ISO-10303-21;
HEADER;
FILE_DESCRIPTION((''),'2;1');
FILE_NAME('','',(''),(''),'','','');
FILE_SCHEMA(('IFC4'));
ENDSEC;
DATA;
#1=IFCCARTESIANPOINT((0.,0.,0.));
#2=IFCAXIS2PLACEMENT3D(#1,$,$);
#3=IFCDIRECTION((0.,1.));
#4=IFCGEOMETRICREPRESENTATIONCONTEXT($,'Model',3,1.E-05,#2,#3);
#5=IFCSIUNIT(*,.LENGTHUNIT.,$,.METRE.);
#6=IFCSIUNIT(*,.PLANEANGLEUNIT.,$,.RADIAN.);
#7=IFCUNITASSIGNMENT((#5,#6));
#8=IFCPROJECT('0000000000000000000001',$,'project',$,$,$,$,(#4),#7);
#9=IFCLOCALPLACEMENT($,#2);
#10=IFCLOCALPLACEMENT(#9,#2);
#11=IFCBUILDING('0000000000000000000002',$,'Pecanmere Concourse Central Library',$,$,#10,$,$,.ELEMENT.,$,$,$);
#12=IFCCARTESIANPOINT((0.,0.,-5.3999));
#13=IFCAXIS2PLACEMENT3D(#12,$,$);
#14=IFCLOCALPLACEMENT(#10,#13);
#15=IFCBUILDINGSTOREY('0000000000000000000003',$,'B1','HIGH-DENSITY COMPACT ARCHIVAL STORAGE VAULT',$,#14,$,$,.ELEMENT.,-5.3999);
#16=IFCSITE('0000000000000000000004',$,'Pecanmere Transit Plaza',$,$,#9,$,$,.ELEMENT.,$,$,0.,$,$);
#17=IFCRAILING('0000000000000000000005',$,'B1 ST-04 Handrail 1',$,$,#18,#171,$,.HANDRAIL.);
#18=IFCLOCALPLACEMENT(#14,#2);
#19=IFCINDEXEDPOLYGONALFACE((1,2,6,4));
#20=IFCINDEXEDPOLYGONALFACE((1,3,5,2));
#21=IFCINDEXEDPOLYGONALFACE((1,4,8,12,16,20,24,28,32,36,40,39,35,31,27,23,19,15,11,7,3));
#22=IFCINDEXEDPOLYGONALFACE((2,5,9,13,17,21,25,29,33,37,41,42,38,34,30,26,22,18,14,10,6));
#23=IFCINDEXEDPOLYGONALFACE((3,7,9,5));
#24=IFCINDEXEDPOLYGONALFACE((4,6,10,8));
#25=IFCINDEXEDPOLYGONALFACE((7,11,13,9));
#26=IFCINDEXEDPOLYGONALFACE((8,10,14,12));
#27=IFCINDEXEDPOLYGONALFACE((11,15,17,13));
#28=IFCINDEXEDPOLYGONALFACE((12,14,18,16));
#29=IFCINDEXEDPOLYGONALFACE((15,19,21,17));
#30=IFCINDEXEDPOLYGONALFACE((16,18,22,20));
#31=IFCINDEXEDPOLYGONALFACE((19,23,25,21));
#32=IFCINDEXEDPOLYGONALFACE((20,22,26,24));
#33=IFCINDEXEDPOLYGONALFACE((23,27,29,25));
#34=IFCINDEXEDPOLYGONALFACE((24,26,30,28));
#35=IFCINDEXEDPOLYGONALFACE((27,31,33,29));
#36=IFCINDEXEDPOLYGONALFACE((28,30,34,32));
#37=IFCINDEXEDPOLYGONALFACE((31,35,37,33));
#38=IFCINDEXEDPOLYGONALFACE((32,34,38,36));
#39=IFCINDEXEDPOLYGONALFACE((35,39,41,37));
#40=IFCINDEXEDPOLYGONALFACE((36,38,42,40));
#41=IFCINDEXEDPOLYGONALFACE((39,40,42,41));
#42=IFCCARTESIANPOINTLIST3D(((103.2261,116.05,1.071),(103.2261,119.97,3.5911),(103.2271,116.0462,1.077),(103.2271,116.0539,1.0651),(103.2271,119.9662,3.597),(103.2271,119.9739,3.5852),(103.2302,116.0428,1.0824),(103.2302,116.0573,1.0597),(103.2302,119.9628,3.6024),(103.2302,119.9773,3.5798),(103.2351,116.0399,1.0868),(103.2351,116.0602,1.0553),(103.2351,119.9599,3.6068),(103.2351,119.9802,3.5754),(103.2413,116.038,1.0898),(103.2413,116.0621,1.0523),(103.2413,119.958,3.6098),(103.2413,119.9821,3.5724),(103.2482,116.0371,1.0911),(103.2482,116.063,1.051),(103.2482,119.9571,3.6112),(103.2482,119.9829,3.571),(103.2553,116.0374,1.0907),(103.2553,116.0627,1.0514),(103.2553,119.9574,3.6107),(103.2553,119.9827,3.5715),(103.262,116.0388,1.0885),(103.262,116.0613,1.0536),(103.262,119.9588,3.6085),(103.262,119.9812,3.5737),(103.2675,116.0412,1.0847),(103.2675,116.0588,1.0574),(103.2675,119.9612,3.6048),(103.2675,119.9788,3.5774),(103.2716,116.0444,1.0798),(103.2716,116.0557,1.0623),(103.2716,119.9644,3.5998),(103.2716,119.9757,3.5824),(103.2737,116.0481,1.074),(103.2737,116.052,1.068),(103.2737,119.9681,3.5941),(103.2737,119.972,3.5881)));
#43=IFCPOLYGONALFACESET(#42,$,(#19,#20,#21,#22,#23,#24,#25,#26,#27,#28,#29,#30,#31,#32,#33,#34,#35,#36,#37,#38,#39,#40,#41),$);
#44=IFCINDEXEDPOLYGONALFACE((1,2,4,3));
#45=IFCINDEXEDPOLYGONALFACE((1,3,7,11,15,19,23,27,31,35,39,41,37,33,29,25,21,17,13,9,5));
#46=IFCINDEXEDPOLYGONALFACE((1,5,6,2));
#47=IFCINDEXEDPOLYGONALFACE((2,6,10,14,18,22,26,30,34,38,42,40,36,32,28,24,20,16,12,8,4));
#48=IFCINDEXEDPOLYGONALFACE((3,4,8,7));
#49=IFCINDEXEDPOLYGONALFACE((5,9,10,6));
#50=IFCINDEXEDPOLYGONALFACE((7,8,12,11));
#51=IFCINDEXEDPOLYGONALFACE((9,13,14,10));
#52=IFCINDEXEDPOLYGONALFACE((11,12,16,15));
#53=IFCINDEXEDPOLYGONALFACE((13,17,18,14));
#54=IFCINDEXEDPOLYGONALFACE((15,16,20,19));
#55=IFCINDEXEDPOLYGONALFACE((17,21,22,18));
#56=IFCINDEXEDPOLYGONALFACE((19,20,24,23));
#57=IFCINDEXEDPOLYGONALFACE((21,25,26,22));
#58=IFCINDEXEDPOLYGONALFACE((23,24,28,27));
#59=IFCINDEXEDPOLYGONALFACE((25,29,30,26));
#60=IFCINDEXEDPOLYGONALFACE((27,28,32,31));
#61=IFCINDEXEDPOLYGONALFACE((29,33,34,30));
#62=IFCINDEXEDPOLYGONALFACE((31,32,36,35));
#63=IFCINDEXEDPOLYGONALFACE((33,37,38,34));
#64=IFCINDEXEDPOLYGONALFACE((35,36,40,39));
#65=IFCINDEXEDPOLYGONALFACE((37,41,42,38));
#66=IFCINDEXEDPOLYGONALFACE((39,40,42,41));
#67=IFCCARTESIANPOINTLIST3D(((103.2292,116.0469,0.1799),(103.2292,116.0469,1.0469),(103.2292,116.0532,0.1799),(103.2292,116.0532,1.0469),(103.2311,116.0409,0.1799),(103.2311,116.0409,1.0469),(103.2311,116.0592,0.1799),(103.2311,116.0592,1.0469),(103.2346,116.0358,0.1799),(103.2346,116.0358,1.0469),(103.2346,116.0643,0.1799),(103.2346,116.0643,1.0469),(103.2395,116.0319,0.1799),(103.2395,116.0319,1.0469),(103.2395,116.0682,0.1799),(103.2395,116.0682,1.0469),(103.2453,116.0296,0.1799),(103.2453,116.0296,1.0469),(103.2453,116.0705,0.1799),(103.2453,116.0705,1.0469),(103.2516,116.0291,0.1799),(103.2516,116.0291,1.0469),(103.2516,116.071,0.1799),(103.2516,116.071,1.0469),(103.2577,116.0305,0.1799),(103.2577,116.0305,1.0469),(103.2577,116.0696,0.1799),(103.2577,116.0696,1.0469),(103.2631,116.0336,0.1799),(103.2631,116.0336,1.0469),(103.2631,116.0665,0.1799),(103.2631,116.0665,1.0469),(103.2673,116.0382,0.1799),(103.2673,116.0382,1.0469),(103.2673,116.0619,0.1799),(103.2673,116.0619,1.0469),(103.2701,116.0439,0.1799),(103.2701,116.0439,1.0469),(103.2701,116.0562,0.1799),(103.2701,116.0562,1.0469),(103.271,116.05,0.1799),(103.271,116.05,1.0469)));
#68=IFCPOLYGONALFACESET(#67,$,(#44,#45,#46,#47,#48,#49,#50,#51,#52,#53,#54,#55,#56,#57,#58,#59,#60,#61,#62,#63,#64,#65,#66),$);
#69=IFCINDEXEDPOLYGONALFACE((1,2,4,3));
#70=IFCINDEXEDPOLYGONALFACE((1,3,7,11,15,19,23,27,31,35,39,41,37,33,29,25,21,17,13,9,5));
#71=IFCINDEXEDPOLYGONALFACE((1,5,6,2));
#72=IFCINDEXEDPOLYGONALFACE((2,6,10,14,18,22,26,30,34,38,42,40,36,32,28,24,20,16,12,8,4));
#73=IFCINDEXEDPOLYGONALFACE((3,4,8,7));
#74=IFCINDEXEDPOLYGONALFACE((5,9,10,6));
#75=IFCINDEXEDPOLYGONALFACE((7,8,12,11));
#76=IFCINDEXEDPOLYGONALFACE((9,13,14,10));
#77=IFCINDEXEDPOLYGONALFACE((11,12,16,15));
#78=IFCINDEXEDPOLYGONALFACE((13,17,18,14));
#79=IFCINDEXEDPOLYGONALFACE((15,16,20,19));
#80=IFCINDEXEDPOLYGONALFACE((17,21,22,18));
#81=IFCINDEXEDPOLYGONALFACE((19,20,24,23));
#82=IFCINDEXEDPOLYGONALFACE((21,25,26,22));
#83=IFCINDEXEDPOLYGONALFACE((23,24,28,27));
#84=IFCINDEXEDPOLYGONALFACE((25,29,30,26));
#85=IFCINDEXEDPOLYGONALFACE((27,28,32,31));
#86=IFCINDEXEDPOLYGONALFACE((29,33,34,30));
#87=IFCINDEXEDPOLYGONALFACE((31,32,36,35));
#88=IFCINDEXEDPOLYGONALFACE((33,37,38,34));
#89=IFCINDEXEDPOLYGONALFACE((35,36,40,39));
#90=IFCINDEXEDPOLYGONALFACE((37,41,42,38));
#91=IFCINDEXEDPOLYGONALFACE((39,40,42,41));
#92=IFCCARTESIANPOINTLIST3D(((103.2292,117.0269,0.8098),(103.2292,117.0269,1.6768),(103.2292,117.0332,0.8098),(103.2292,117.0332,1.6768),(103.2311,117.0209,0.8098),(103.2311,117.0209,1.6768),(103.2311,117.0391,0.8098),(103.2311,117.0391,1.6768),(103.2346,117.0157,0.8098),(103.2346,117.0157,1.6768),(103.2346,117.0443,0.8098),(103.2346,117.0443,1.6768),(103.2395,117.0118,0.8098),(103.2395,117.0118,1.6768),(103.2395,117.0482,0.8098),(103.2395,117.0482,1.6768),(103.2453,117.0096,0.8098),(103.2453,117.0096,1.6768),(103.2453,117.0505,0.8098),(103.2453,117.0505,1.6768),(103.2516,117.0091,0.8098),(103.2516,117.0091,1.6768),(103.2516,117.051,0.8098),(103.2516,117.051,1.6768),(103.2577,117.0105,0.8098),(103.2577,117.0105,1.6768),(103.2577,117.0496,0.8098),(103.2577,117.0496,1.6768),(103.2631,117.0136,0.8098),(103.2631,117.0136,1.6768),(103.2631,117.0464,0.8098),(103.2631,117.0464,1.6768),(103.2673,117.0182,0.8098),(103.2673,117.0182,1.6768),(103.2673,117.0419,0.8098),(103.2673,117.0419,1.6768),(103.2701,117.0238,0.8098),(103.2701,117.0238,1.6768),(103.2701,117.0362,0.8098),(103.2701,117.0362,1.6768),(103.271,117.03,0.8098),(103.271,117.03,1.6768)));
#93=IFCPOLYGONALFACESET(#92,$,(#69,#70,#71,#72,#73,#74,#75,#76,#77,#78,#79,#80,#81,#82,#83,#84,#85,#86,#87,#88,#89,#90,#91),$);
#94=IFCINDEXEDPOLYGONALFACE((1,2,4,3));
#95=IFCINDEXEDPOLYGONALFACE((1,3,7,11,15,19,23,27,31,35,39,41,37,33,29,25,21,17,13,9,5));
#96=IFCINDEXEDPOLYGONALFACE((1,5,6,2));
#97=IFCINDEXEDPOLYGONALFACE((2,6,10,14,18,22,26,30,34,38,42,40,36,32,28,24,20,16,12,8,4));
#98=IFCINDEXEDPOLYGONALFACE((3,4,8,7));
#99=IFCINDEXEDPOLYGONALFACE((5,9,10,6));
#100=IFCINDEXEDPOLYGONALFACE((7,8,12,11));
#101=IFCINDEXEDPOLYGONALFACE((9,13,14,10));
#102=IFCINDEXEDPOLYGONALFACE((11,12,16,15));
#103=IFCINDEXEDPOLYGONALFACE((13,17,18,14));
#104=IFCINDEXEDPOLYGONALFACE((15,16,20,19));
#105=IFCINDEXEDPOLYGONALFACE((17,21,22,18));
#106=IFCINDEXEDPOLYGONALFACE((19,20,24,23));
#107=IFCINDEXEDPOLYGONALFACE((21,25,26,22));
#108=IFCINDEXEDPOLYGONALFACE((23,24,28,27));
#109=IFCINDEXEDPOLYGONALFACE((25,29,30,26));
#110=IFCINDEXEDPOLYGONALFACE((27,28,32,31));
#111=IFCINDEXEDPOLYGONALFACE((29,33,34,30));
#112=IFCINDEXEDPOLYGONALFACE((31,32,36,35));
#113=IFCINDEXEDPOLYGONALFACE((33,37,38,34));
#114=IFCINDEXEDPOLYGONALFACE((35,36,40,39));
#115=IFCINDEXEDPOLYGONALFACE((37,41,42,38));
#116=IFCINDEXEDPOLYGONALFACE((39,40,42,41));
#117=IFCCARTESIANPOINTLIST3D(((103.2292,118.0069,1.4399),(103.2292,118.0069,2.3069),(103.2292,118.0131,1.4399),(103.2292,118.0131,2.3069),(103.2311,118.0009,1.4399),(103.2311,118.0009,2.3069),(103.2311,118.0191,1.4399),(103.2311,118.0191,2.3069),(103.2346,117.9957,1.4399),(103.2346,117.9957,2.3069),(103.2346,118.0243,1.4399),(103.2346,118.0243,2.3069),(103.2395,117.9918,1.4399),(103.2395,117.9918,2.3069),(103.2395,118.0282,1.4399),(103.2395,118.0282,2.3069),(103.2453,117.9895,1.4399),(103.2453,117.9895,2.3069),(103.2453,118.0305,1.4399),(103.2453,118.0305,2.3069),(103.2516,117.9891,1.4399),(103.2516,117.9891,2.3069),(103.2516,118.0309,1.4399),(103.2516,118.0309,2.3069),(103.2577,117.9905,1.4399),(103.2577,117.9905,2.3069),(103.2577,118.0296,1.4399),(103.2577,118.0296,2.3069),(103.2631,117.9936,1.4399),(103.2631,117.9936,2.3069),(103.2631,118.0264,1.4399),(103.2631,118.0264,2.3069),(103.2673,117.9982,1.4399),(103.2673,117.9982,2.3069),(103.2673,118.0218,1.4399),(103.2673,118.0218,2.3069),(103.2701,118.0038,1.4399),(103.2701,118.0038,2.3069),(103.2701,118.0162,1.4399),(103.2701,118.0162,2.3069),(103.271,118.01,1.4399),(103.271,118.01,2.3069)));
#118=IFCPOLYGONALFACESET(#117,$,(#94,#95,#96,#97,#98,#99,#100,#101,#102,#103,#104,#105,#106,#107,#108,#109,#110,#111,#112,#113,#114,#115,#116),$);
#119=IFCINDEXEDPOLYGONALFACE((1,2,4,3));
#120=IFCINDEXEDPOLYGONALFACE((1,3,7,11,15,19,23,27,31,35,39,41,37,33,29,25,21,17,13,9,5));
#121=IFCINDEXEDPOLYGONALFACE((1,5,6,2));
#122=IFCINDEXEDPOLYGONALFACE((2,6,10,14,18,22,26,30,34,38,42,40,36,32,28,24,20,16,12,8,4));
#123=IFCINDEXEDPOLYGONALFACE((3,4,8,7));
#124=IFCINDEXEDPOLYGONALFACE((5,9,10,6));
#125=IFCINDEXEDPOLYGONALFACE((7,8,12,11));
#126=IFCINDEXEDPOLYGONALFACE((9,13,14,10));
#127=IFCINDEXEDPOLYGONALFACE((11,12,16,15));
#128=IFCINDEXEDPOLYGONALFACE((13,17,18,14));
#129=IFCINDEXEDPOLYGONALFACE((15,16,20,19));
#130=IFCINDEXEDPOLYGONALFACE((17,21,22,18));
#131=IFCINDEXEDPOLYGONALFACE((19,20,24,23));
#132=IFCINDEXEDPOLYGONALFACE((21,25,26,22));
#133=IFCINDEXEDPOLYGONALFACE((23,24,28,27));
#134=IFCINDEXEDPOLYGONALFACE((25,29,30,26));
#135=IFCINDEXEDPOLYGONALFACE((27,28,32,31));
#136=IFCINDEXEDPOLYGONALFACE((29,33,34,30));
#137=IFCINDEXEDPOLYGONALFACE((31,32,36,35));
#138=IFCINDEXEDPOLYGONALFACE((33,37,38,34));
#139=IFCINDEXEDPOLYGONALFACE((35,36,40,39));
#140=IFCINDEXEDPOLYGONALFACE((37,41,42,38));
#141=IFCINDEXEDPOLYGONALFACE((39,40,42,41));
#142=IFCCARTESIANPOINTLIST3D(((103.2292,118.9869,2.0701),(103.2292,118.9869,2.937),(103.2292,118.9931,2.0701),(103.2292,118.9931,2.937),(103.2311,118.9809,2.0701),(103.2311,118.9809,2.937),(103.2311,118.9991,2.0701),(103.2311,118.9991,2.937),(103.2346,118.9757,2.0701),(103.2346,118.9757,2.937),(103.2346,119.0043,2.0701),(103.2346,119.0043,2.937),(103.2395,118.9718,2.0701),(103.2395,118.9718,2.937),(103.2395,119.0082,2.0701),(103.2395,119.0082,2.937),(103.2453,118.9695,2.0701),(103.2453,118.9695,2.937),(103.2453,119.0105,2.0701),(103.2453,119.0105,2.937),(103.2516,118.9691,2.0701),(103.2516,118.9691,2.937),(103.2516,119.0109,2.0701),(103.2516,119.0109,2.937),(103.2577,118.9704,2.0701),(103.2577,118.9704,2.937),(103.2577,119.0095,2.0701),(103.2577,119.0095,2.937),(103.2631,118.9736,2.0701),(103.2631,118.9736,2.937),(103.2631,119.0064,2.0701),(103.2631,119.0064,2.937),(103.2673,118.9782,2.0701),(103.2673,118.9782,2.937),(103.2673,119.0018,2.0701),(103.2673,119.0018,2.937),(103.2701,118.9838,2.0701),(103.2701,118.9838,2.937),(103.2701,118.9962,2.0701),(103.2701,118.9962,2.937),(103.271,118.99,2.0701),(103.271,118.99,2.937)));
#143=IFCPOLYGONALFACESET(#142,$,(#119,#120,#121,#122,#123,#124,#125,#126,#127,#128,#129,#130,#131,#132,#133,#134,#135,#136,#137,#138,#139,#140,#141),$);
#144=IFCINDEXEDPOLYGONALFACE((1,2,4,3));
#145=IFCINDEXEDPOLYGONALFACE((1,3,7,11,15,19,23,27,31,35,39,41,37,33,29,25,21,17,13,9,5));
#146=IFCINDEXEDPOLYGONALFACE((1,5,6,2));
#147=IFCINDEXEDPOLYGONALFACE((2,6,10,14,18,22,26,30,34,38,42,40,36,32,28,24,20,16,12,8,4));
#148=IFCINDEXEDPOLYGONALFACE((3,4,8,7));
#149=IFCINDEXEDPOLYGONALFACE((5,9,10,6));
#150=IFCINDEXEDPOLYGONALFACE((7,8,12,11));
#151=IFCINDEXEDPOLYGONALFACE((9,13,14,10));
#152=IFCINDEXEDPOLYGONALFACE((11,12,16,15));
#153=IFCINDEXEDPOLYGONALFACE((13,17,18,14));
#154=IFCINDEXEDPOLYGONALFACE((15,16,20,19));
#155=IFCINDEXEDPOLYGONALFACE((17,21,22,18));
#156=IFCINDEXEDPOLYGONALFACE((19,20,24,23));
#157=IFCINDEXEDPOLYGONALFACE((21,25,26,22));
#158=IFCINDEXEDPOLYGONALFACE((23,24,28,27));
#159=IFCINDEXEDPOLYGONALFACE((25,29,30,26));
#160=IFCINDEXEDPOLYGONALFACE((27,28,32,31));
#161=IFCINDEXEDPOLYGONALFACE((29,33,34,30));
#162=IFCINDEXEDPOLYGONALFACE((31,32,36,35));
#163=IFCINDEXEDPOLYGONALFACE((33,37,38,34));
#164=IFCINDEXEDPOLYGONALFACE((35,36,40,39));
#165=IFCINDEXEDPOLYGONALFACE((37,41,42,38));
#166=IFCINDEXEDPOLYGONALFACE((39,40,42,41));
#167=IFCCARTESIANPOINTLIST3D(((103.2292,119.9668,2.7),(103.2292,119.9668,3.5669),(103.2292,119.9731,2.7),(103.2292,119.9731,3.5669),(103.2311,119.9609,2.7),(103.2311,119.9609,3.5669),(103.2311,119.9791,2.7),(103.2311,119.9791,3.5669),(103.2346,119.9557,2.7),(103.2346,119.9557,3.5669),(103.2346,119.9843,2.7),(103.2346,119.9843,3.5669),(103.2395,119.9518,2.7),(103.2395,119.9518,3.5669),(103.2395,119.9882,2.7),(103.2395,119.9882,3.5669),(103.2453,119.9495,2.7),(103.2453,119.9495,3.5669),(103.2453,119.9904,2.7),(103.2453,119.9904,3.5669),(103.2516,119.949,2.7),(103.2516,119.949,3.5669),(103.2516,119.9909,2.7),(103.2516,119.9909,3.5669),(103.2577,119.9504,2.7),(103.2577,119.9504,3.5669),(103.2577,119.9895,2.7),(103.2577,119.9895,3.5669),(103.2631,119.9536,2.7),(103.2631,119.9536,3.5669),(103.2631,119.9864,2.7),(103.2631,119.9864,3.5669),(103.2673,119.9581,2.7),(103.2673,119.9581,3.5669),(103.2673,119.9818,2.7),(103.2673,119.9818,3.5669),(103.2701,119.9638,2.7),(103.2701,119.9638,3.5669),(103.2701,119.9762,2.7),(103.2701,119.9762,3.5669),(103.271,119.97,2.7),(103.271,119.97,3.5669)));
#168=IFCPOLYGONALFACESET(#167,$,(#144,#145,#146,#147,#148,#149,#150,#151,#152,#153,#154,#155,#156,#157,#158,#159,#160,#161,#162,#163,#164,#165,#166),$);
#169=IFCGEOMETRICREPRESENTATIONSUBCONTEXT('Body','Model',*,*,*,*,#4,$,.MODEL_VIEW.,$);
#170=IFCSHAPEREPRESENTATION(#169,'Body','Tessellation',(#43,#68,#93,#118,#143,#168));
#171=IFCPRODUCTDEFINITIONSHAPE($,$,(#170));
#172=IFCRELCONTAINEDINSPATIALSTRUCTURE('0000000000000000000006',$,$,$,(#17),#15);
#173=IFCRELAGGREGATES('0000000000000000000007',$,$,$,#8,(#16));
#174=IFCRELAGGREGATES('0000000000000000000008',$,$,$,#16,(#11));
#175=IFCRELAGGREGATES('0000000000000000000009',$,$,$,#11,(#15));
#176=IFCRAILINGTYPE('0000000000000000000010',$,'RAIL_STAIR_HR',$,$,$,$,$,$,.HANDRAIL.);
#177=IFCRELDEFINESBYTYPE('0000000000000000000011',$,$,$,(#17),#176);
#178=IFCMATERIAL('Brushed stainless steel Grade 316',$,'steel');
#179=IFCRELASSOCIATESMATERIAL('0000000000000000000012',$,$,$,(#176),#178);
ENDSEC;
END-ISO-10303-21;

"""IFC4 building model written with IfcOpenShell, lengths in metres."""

from ifc_helpers import new_model, si_unit, direction, frame, origin, origin_2d, place, context, subcontext, project, spatial, circle, extrude, material, type_object, element, save


model = new_model("IFC4")

# Units and contexts
model_context = context("Model", 3, precision=1e-05, world=origin(), true_north=direction((0.0, 1.0)))
body_context = subcontext(model_context, "Body", "Model", "MODEL_VIEW")
ifc_project = project(units=[si_unit("LENGTHUNIT", "METRE"), si_unit("PLANEANGLEUNIT", "RADIAN")], contexts=[model_context])

# Site, building, storey
site_placement = place(None, origin())
site = spatial("IfcSite", under=ifc_project, at=site_placement, Name="Pecanmere Transit Plaza", CompositionType="ELEMENT", RefElevation=0.0)
building_placement = place(site_placement, origin())
building = spatial("IfcBuilding", under=site, at=building_placement, Name="Pecanmere Concourse Central Library", CompositionType="ELEMENT")
storey_placement = place(building_placement, frame((0.0, 0.0, -5.3999)))
storey = spatial("IfcBuildingStorey", under=building, at=storey_placement, Name="B1", Description="HIGH-DENSITY COMPACT ARCHIVAL STORAGE VAULT", CompositionType="ELEMENT", Elevation=-5.3999)

# Railing
ifc_material_1 = material(Name="Brushed stainless steel Grade 316", Category="steel")
railing_type_1 = type_object("IfcRailingType", Name="RAIL_STAIR_HR", PredefinedType="HANDRAIL", material=ifc_material_1)
railing_1_placement = place(storey_placement, frame((103.25, 116.05, 0.1799)))
element("IfcRailing", 1, at=railing_1_placement, inside=storey, type_object=railing_type_1, Name="B1 ST-04 Handrail 1", PredefinedType="HANDRAIL", context=body_context, shape_type="SweptSolid", body=[
    extrude(circle(Radius=0.0239, at=origin_2d()), frame((0.0, 0.0, 0.8911), z_axis=(0.0, 0.841172, 0.540768), x_axis=(-1.0, 0.0, 0.0)), (0.0, 0.0, 1.0), 4.6602),
    extrude(circle(Radius=0.021, at=origin_2d()), origin(), (0.0, 0.0, 1.0), 0.8669),
    extrude(circle(Radius=0.021, at=origin_2d()), frame((0.0, 0.98, 0.6299)), (0.0, 0.0, 1.0), 0.8669),
    extrude(circle(Radius=0.021, at=origin_2d()), frame((0.0, 1.96, 1.26)), (0.0, 0.0, 1.0), 0.8669),
    extrude(circle(Radius=0.021, at=origin_2d()), frame((0.0, 2.9399, 1.8901)), (0.0, 0.0, 1.0), 0.8669),
    extrude(circle(Radius=0.021, at=origin_2d()), frame((0.0, 3.9199, 2.52)), (0.0, 0.0, 1.0), 0.8669),
])

save(model, "model.ifc")
